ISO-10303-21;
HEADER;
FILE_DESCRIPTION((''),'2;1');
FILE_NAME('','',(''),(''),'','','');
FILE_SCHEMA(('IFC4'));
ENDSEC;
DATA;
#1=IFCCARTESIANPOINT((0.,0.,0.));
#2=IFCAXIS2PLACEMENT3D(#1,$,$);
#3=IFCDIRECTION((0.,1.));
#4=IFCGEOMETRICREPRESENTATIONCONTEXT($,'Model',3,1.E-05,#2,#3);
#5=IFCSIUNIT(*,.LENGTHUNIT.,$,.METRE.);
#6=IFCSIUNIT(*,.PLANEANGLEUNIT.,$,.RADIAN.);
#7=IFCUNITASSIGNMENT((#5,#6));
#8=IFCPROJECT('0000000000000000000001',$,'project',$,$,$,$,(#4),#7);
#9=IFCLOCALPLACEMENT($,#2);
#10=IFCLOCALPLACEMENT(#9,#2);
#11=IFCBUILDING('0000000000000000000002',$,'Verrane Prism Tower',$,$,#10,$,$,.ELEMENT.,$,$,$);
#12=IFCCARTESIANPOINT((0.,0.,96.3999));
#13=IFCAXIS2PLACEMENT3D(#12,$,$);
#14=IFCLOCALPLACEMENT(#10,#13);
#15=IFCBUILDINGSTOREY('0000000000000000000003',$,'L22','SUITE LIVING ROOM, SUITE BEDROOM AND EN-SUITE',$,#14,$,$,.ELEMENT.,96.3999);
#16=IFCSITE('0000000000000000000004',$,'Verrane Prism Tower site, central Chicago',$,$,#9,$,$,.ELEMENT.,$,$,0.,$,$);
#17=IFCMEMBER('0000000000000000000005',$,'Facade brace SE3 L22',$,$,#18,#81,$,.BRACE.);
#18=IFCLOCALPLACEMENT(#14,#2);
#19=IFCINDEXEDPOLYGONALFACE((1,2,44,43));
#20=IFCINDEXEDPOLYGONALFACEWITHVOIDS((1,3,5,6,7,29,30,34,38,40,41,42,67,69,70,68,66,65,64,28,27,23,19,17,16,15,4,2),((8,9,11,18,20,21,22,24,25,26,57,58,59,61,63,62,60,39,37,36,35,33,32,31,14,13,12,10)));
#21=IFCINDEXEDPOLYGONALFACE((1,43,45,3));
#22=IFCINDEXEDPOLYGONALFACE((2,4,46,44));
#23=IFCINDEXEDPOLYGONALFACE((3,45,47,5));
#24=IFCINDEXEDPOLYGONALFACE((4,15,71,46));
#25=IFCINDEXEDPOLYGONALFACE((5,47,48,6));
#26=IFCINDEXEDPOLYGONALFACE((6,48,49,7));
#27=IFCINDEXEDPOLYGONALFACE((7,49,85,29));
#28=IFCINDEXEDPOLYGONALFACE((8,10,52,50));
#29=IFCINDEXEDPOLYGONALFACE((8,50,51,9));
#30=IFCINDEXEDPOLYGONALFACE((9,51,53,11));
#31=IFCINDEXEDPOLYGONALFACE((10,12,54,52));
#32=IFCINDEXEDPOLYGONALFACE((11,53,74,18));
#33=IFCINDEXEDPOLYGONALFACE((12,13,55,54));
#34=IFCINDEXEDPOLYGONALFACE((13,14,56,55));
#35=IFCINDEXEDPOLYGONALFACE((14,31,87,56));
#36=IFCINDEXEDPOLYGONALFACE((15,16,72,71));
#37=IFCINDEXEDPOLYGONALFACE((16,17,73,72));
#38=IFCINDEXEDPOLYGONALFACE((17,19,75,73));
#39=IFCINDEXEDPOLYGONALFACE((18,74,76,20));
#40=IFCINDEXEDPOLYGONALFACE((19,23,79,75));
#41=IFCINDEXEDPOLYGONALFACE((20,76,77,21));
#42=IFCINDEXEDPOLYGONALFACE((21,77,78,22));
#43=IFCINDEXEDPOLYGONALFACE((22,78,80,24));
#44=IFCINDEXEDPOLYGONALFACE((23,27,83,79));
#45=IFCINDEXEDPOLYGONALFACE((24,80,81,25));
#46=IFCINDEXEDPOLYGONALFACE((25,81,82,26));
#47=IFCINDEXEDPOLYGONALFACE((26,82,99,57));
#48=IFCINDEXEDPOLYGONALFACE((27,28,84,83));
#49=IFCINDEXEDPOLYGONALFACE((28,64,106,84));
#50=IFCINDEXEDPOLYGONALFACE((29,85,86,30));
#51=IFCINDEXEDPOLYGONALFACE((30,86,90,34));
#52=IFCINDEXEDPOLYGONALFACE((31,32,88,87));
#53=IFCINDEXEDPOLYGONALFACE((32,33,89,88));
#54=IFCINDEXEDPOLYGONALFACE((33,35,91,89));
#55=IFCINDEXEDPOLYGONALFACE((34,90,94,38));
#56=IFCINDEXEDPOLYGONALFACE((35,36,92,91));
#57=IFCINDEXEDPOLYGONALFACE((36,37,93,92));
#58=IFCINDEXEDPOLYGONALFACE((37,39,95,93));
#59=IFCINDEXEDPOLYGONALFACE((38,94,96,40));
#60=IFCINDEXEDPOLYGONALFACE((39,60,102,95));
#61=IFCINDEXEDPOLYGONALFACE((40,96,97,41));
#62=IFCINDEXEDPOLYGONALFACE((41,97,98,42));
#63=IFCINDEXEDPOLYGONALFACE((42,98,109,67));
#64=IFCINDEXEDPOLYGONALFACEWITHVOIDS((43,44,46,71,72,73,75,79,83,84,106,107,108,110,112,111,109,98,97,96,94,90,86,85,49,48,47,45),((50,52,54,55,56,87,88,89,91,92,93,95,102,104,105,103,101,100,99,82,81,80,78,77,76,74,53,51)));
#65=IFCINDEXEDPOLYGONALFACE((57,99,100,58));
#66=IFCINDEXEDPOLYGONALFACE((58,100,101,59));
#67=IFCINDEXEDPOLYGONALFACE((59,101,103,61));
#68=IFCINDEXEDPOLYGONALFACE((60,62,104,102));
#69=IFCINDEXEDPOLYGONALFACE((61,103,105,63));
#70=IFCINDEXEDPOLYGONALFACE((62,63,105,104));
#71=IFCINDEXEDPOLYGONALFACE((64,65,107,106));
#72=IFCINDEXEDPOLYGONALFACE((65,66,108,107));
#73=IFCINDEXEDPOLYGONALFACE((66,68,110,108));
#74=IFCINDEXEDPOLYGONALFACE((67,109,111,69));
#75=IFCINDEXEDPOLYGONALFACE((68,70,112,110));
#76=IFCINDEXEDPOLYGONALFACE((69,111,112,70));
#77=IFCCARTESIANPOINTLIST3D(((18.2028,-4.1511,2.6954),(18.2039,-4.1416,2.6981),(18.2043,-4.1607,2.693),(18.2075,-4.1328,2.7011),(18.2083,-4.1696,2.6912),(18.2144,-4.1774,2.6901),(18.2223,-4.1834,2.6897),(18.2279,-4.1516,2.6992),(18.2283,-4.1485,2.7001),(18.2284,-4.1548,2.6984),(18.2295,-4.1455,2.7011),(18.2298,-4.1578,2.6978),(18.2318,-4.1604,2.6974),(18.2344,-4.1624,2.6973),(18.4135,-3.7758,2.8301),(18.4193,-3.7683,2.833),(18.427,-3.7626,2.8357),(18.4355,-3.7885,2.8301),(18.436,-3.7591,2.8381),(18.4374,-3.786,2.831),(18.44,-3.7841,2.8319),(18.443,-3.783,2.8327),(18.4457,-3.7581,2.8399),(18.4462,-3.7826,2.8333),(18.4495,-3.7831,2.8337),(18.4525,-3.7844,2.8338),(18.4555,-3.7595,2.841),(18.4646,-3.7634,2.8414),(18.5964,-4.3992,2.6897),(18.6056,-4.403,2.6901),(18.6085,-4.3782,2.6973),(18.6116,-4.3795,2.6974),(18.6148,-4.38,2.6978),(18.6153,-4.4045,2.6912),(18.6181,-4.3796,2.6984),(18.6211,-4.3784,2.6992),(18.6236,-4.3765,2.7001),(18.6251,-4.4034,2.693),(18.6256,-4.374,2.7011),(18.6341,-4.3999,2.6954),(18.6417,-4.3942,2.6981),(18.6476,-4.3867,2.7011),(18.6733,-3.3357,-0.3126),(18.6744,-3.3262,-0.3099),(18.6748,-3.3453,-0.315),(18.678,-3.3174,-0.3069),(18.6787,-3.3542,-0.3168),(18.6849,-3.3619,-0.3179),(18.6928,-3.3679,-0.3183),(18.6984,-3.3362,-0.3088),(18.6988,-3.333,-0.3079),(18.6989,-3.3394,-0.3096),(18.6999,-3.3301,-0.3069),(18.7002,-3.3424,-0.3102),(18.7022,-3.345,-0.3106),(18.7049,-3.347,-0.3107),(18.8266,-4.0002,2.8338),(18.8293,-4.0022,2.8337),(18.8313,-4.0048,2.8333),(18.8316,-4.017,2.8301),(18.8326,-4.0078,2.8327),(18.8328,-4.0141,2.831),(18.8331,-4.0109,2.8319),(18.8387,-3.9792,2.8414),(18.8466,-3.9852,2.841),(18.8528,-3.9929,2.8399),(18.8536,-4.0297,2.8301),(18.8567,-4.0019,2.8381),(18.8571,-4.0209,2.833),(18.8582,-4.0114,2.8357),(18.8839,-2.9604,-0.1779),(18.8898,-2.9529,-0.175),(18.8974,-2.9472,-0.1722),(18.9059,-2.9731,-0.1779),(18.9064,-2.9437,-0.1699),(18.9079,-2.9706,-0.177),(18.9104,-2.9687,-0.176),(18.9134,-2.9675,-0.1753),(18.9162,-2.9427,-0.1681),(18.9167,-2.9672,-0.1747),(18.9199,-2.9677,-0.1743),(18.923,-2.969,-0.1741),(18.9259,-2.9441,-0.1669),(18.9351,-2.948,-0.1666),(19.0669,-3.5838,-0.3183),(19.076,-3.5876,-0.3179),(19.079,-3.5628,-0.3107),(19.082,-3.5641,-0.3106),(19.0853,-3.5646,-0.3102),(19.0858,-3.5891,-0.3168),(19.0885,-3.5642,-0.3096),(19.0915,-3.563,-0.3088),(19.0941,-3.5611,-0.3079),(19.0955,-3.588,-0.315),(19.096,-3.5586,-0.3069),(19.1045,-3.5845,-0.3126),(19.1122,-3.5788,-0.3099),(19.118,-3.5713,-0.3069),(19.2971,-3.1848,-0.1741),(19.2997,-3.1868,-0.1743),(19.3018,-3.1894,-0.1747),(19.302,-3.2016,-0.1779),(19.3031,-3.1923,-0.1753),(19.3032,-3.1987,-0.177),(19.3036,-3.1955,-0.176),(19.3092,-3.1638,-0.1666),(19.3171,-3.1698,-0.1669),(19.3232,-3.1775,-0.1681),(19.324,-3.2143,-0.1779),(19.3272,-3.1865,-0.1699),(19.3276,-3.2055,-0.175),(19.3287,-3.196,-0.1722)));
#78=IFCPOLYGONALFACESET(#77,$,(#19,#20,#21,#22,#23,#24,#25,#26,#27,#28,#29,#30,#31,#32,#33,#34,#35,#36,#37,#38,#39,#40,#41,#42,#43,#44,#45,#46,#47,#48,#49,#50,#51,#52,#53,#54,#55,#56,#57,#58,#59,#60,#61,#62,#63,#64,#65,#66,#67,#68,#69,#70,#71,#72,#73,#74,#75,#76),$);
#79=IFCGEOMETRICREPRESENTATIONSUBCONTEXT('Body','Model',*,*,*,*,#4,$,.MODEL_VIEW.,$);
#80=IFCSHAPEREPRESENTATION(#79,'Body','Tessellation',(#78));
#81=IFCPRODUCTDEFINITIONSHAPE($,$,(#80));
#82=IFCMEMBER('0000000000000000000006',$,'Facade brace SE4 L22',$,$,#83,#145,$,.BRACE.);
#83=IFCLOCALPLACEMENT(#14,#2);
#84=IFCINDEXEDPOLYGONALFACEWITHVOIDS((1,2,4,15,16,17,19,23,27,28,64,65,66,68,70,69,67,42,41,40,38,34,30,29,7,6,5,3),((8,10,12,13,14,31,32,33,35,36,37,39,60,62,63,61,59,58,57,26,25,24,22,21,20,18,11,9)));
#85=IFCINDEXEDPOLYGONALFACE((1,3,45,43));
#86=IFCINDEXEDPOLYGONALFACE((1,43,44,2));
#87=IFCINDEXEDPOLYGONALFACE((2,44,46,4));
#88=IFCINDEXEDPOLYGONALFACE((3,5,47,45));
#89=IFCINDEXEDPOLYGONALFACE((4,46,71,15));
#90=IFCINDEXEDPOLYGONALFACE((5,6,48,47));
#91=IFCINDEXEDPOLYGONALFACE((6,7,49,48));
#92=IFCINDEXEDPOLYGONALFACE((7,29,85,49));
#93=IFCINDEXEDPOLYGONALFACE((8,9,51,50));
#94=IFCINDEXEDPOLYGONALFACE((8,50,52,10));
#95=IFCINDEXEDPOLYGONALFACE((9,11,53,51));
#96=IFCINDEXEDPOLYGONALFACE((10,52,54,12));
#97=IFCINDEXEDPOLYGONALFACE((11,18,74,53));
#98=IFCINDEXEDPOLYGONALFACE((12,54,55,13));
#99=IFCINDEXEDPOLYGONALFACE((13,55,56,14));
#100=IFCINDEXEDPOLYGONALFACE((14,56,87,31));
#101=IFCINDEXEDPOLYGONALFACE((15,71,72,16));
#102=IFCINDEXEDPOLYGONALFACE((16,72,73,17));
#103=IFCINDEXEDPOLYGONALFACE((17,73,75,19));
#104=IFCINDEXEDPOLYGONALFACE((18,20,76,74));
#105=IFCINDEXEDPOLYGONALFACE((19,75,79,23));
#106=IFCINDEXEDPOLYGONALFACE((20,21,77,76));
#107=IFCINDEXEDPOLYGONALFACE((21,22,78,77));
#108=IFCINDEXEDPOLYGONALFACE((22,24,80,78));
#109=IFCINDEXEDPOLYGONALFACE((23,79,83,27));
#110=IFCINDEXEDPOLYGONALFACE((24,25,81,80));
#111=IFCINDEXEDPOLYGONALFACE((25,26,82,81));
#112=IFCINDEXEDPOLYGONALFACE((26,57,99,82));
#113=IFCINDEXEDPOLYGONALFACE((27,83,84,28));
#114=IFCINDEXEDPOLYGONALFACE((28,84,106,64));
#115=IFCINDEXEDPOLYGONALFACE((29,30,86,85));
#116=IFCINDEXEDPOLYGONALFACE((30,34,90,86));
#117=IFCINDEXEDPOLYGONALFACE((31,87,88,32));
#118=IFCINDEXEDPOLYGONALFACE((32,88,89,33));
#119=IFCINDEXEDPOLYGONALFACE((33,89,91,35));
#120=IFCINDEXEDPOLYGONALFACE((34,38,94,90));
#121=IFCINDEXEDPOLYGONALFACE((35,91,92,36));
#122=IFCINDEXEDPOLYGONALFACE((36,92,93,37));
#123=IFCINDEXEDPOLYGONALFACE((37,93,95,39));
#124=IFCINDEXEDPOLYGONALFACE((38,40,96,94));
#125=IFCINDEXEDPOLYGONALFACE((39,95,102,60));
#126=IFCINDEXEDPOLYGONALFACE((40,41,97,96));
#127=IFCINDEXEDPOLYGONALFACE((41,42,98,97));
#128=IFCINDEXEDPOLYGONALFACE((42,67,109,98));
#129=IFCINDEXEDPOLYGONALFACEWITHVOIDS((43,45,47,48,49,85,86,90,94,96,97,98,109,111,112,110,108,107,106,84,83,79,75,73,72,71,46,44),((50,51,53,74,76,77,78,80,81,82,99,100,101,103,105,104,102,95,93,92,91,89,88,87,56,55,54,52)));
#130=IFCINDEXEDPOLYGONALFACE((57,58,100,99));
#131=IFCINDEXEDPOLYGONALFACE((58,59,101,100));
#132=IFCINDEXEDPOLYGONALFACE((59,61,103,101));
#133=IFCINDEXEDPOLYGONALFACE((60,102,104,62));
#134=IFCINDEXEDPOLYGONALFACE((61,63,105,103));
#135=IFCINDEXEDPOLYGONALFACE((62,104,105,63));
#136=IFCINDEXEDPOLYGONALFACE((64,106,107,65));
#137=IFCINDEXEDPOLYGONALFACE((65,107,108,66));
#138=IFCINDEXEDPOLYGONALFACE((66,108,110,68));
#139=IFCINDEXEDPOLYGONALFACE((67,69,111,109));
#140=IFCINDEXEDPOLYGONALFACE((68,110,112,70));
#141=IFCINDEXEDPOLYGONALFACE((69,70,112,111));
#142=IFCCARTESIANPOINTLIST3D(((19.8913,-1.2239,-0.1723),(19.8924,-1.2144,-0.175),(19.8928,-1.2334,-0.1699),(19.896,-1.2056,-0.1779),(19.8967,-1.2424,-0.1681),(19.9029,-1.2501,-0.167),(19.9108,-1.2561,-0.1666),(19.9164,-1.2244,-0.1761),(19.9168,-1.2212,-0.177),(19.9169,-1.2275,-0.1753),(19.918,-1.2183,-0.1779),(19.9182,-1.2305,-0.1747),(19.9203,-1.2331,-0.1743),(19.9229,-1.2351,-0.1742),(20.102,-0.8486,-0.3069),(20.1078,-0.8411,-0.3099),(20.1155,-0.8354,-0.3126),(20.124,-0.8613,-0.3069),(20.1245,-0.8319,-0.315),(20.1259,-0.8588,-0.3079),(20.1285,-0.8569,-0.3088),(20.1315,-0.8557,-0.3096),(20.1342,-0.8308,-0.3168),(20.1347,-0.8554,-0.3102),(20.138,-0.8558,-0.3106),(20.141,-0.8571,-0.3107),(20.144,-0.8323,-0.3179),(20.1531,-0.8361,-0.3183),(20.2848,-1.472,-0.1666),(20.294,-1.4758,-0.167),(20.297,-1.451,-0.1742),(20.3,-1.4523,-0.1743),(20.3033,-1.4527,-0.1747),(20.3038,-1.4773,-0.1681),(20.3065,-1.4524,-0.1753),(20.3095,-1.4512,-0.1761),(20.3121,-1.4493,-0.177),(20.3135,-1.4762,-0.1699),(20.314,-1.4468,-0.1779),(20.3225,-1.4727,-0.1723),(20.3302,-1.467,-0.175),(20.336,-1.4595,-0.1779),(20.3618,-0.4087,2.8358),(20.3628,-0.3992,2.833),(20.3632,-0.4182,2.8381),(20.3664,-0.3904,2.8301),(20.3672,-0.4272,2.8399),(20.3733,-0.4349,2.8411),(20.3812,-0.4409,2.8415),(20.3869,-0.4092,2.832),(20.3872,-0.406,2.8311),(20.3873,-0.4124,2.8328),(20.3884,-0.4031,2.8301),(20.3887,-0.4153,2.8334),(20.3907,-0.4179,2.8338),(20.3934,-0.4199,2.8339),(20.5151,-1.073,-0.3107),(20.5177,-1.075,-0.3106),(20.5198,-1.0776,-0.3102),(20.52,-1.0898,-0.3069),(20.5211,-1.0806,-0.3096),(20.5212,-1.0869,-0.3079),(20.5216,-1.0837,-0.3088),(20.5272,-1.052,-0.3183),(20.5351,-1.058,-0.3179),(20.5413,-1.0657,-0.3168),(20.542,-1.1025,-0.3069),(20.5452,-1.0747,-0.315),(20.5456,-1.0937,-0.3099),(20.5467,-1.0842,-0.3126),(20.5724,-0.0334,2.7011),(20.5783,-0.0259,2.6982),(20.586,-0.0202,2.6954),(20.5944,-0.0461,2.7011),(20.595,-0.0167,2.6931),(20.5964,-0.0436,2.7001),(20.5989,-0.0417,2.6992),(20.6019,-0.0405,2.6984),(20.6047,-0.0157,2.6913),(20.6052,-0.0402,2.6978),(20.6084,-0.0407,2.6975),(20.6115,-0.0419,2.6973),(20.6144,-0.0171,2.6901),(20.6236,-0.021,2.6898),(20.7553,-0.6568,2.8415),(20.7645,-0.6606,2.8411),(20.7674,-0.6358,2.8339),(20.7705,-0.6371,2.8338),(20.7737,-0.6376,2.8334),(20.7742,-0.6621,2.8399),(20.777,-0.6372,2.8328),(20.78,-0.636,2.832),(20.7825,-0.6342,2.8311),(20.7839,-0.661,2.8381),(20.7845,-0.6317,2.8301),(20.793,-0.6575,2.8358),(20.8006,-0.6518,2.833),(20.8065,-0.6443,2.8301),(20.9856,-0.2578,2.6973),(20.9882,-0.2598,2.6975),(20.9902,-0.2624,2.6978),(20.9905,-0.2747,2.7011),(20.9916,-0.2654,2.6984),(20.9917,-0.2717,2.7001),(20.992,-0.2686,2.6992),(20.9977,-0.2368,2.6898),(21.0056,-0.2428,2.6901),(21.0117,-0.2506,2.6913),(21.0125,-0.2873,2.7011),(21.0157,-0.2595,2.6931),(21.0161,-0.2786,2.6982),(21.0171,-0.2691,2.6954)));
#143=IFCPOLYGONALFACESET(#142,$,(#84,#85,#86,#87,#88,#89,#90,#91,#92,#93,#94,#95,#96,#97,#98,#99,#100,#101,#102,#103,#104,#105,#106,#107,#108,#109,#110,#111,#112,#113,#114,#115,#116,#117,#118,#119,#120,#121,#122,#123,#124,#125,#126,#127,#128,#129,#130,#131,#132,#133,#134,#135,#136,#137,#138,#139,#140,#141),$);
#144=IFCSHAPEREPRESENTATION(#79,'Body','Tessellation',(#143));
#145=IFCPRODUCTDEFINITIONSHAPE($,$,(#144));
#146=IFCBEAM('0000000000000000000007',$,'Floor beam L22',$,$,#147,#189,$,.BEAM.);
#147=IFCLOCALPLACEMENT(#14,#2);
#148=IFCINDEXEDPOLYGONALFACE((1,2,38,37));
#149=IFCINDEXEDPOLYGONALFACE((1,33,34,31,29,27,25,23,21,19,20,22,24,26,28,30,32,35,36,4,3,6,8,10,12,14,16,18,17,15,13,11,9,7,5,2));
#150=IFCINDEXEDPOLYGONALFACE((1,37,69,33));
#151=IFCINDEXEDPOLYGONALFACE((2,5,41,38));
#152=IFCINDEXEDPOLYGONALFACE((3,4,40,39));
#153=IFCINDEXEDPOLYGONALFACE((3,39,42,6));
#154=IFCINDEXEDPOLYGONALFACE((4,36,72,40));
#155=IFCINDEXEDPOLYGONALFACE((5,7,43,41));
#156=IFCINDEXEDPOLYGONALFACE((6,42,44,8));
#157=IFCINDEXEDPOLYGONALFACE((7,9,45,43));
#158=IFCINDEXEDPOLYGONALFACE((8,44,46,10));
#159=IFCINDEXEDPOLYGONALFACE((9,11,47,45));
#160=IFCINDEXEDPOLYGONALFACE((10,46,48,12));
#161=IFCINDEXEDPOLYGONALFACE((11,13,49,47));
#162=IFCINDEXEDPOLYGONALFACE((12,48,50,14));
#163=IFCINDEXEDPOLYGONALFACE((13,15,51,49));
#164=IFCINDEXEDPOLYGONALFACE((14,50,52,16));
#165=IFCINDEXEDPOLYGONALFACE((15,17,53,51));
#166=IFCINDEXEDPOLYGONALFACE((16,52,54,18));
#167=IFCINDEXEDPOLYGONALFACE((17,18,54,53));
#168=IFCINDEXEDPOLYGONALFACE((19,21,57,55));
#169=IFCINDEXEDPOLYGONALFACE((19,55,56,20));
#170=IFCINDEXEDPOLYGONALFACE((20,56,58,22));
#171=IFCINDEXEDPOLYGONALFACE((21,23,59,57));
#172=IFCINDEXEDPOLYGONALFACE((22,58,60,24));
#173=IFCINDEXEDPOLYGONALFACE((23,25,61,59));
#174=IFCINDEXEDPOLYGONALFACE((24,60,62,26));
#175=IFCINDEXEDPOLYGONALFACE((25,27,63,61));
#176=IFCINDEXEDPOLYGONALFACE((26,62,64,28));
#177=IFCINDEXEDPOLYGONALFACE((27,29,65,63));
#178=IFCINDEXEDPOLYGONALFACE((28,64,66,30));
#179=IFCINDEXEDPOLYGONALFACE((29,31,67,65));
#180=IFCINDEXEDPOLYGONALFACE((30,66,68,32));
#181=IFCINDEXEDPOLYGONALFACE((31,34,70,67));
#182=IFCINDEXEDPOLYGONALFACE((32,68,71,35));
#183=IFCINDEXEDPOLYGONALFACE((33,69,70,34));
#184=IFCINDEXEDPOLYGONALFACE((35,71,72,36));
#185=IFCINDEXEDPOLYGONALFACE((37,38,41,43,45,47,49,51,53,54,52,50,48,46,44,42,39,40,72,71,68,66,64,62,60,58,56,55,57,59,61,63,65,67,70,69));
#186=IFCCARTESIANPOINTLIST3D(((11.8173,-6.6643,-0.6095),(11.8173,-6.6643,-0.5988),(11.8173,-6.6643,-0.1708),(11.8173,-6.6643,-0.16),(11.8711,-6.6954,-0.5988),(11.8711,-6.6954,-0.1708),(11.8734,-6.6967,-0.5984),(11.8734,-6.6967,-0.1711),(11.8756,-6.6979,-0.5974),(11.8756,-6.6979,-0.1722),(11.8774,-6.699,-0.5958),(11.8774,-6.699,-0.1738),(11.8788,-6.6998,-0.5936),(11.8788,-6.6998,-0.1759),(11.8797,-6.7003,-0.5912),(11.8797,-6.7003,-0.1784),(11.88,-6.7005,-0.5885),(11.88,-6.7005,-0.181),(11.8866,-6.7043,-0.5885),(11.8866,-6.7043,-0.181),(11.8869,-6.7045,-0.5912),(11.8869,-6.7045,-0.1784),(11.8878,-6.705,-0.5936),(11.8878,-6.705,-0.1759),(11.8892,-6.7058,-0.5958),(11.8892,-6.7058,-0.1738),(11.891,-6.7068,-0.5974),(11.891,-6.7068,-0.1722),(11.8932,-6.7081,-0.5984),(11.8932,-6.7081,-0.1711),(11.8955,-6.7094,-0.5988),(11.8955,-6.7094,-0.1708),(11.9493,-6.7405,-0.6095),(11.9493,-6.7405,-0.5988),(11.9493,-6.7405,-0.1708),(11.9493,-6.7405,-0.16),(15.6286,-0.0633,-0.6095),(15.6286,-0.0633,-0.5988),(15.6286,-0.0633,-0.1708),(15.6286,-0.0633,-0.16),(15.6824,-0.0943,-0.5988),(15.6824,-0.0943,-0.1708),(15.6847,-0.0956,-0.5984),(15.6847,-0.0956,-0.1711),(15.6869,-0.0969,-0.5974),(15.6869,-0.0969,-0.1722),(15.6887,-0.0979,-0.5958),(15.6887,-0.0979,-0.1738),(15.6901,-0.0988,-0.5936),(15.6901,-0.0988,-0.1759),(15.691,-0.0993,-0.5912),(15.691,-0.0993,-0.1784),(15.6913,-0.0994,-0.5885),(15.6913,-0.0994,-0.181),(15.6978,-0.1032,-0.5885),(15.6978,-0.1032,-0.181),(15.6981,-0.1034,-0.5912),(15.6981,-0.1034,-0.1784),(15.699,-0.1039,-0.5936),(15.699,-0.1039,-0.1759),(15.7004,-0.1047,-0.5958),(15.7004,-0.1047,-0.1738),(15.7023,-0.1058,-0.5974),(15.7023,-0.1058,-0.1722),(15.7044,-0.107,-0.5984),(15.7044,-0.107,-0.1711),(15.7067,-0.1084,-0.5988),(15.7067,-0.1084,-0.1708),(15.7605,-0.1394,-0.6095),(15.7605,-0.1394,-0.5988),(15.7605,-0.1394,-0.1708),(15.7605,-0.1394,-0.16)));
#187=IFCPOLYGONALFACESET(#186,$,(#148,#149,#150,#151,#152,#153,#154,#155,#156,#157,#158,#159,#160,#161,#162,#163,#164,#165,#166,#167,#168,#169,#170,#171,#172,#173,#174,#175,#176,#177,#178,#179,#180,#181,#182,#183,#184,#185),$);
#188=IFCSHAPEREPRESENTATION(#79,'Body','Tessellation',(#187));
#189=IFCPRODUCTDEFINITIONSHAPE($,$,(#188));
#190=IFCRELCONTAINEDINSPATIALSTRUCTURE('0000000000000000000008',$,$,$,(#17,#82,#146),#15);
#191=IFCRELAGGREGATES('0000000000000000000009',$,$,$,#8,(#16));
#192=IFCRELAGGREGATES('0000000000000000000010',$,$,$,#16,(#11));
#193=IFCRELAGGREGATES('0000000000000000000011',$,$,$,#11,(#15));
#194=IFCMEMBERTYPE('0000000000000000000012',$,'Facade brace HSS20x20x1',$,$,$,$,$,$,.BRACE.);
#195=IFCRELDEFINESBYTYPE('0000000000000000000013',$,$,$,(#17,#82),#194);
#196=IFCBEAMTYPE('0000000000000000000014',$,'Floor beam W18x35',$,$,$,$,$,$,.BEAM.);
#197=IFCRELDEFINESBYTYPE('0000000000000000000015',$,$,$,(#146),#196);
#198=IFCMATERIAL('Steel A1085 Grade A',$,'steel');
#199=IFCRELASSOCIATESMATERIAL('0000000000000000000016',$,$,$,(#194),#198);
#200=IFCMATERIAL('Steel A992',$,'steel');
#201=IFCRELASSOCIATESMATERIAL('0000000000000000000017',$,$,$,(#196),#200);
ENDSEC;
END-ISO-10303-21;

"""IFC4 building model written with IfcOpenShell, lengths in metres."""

from ifc_helpers import new_model, si_unit, direction, frame, origin, origin_2d, place, context, subcontext, project, spatial, hollow_rectangle, i_section, extrude, material, material_profile, profile_set, type_object, element, save


model = new_model("IFC4")

# Units and contexts
model_context = context("Model", 3, precision=1e-05, world=origin(), true_north=direction((0.0, 1.0)))
body_context = subcontext(model_context, "Body", "Model", "MODEL_VIEW")
ifc_project = project(units=[si_unit("LENGTHUNIT", "METRE"), si_unit("PLANEANGLEUNIT", "RADIAN")], contexts=[model_context])

# Site, building, storey
site_placement = place(None, origin())
site = spatial("IfcSite", under=ifc_project, at=site_placement, Name="Verrane Prism Tower site, central Chicago", CompositionType="ELEMENT", RefElevation=0.0)
building_placement = place(site_placement, origin())
building = spatial("IfcBuilding", under=site, at=building_placement, Name="Verrane Prism Tower", CompositionType="ELEMENT")
storey_placement = place(building_placement, frame((0.0, 0.0, 96.3999)))
storey = spatial("IfcBuildingStorey", under=building, at=storey_placement, Name="L22", Description="SUITE LIVING ROOM, SUITE BEDROOM AND EN-SUITE", CompositionType="ELEMENT", Elevation=96.3999)

# Members
ifc_material_1 = material(Name="Steel A1085 Grade A", Category="steel")
ifc_material_profile_1 = material_profile(ifc_material_1, hollow_rectangle(XDim=0.5081, YDim=0.5081, WallThickness=0.0254, InnerFilletRadius=0.0127, OuterFilletRadius=0.0381, at=origin_2d()), Name="HSS20x20x1")
ifc_profile_set_1 = profile_set([ifc_material_profile_1], Name="Steel A1085 Grade A")
member_type_1 = type_object("IfcMemberType", Name="Facade brace HSS20x20x1", PredefinedType="BRACE", material=ifc_profile_set_1)
for number, where, z_axis, x_axis, name in (
    (1, (19.001, -3.2659, -0.2424), (-0.149261, -0.258708, 0.954354), (0.866177, -0.499737, 0.0), "Facade brace SE3 L22"),
    (2, (20.219, -1.1541, -0.2424), (0.149264, 0.258636, 0.954373), (-0.866112, 0.49985, 0.0), "Facade brace SE4 L22"),
):
    element("IfcMember", number, at=place(storey_placement, frame(where, z_axis=z_axis, x_axis=x_axis)), inside=storey, type_object=member_type_1, Name=name, PredefinedType="BRACE", context=body_context, shape_type="SweptSolid", body=[
        extrude(hollow_rectangle(XDim=0.5081, YDim=0.5081, WallThickness=0.0254, InnerFilletRadius=0.0127, OuterFilletRadius=0.0381, at=origin_2d()), origin(), (0.0, 0.0, 1.0), 3.1519),
    ])

# Beam
ifc_material_2 = material(Name="Steel A992", Category="steel")
ifc_material_profile_2 = material_profile(ifc_material_2, i_section(OverallWidth=0.1523, OverallDepth=0.4495, WebThickness=0.0076, FlangeThickness=0.0107, FilletRadius=0.0103, at=origin_2d()), Name="W18x35")
ifc_profile_set_2 = profile_set([ifc_material_profile_2], Name="Steel A992")
beam_type_1 = type_object("IfcBeamType", Name="Floor beam W18x35", PredefinedType="BEAM", material=ifc_profile_set_2)
beam_1_placement = place(storey_placement, frame((11.8833, -6.7024, -0.3848), z_axis=(0.500014, 0.866017, 0.0), x_axis=(-0.866017, 0.500014, 0.0)))
element("IfcBeam", 3, at=beam_1_placement, inside=storey, type_object=beam_type_1, Name="Floor beam L22", PredefinedType="BEAM", context=body_context, shape_type="SweptSolid", body=[
    extrude(i_section(OverallWidth=0.1523, OverallDepth=0.4495, WebThickness=0.0076, FlangeThickness=0.0107, FilletRadius=0.0103, at=origin_2d()), origin(), (0.0, 0.0, 1.0), 7.6223),
])

save(model, "model.ifc")
